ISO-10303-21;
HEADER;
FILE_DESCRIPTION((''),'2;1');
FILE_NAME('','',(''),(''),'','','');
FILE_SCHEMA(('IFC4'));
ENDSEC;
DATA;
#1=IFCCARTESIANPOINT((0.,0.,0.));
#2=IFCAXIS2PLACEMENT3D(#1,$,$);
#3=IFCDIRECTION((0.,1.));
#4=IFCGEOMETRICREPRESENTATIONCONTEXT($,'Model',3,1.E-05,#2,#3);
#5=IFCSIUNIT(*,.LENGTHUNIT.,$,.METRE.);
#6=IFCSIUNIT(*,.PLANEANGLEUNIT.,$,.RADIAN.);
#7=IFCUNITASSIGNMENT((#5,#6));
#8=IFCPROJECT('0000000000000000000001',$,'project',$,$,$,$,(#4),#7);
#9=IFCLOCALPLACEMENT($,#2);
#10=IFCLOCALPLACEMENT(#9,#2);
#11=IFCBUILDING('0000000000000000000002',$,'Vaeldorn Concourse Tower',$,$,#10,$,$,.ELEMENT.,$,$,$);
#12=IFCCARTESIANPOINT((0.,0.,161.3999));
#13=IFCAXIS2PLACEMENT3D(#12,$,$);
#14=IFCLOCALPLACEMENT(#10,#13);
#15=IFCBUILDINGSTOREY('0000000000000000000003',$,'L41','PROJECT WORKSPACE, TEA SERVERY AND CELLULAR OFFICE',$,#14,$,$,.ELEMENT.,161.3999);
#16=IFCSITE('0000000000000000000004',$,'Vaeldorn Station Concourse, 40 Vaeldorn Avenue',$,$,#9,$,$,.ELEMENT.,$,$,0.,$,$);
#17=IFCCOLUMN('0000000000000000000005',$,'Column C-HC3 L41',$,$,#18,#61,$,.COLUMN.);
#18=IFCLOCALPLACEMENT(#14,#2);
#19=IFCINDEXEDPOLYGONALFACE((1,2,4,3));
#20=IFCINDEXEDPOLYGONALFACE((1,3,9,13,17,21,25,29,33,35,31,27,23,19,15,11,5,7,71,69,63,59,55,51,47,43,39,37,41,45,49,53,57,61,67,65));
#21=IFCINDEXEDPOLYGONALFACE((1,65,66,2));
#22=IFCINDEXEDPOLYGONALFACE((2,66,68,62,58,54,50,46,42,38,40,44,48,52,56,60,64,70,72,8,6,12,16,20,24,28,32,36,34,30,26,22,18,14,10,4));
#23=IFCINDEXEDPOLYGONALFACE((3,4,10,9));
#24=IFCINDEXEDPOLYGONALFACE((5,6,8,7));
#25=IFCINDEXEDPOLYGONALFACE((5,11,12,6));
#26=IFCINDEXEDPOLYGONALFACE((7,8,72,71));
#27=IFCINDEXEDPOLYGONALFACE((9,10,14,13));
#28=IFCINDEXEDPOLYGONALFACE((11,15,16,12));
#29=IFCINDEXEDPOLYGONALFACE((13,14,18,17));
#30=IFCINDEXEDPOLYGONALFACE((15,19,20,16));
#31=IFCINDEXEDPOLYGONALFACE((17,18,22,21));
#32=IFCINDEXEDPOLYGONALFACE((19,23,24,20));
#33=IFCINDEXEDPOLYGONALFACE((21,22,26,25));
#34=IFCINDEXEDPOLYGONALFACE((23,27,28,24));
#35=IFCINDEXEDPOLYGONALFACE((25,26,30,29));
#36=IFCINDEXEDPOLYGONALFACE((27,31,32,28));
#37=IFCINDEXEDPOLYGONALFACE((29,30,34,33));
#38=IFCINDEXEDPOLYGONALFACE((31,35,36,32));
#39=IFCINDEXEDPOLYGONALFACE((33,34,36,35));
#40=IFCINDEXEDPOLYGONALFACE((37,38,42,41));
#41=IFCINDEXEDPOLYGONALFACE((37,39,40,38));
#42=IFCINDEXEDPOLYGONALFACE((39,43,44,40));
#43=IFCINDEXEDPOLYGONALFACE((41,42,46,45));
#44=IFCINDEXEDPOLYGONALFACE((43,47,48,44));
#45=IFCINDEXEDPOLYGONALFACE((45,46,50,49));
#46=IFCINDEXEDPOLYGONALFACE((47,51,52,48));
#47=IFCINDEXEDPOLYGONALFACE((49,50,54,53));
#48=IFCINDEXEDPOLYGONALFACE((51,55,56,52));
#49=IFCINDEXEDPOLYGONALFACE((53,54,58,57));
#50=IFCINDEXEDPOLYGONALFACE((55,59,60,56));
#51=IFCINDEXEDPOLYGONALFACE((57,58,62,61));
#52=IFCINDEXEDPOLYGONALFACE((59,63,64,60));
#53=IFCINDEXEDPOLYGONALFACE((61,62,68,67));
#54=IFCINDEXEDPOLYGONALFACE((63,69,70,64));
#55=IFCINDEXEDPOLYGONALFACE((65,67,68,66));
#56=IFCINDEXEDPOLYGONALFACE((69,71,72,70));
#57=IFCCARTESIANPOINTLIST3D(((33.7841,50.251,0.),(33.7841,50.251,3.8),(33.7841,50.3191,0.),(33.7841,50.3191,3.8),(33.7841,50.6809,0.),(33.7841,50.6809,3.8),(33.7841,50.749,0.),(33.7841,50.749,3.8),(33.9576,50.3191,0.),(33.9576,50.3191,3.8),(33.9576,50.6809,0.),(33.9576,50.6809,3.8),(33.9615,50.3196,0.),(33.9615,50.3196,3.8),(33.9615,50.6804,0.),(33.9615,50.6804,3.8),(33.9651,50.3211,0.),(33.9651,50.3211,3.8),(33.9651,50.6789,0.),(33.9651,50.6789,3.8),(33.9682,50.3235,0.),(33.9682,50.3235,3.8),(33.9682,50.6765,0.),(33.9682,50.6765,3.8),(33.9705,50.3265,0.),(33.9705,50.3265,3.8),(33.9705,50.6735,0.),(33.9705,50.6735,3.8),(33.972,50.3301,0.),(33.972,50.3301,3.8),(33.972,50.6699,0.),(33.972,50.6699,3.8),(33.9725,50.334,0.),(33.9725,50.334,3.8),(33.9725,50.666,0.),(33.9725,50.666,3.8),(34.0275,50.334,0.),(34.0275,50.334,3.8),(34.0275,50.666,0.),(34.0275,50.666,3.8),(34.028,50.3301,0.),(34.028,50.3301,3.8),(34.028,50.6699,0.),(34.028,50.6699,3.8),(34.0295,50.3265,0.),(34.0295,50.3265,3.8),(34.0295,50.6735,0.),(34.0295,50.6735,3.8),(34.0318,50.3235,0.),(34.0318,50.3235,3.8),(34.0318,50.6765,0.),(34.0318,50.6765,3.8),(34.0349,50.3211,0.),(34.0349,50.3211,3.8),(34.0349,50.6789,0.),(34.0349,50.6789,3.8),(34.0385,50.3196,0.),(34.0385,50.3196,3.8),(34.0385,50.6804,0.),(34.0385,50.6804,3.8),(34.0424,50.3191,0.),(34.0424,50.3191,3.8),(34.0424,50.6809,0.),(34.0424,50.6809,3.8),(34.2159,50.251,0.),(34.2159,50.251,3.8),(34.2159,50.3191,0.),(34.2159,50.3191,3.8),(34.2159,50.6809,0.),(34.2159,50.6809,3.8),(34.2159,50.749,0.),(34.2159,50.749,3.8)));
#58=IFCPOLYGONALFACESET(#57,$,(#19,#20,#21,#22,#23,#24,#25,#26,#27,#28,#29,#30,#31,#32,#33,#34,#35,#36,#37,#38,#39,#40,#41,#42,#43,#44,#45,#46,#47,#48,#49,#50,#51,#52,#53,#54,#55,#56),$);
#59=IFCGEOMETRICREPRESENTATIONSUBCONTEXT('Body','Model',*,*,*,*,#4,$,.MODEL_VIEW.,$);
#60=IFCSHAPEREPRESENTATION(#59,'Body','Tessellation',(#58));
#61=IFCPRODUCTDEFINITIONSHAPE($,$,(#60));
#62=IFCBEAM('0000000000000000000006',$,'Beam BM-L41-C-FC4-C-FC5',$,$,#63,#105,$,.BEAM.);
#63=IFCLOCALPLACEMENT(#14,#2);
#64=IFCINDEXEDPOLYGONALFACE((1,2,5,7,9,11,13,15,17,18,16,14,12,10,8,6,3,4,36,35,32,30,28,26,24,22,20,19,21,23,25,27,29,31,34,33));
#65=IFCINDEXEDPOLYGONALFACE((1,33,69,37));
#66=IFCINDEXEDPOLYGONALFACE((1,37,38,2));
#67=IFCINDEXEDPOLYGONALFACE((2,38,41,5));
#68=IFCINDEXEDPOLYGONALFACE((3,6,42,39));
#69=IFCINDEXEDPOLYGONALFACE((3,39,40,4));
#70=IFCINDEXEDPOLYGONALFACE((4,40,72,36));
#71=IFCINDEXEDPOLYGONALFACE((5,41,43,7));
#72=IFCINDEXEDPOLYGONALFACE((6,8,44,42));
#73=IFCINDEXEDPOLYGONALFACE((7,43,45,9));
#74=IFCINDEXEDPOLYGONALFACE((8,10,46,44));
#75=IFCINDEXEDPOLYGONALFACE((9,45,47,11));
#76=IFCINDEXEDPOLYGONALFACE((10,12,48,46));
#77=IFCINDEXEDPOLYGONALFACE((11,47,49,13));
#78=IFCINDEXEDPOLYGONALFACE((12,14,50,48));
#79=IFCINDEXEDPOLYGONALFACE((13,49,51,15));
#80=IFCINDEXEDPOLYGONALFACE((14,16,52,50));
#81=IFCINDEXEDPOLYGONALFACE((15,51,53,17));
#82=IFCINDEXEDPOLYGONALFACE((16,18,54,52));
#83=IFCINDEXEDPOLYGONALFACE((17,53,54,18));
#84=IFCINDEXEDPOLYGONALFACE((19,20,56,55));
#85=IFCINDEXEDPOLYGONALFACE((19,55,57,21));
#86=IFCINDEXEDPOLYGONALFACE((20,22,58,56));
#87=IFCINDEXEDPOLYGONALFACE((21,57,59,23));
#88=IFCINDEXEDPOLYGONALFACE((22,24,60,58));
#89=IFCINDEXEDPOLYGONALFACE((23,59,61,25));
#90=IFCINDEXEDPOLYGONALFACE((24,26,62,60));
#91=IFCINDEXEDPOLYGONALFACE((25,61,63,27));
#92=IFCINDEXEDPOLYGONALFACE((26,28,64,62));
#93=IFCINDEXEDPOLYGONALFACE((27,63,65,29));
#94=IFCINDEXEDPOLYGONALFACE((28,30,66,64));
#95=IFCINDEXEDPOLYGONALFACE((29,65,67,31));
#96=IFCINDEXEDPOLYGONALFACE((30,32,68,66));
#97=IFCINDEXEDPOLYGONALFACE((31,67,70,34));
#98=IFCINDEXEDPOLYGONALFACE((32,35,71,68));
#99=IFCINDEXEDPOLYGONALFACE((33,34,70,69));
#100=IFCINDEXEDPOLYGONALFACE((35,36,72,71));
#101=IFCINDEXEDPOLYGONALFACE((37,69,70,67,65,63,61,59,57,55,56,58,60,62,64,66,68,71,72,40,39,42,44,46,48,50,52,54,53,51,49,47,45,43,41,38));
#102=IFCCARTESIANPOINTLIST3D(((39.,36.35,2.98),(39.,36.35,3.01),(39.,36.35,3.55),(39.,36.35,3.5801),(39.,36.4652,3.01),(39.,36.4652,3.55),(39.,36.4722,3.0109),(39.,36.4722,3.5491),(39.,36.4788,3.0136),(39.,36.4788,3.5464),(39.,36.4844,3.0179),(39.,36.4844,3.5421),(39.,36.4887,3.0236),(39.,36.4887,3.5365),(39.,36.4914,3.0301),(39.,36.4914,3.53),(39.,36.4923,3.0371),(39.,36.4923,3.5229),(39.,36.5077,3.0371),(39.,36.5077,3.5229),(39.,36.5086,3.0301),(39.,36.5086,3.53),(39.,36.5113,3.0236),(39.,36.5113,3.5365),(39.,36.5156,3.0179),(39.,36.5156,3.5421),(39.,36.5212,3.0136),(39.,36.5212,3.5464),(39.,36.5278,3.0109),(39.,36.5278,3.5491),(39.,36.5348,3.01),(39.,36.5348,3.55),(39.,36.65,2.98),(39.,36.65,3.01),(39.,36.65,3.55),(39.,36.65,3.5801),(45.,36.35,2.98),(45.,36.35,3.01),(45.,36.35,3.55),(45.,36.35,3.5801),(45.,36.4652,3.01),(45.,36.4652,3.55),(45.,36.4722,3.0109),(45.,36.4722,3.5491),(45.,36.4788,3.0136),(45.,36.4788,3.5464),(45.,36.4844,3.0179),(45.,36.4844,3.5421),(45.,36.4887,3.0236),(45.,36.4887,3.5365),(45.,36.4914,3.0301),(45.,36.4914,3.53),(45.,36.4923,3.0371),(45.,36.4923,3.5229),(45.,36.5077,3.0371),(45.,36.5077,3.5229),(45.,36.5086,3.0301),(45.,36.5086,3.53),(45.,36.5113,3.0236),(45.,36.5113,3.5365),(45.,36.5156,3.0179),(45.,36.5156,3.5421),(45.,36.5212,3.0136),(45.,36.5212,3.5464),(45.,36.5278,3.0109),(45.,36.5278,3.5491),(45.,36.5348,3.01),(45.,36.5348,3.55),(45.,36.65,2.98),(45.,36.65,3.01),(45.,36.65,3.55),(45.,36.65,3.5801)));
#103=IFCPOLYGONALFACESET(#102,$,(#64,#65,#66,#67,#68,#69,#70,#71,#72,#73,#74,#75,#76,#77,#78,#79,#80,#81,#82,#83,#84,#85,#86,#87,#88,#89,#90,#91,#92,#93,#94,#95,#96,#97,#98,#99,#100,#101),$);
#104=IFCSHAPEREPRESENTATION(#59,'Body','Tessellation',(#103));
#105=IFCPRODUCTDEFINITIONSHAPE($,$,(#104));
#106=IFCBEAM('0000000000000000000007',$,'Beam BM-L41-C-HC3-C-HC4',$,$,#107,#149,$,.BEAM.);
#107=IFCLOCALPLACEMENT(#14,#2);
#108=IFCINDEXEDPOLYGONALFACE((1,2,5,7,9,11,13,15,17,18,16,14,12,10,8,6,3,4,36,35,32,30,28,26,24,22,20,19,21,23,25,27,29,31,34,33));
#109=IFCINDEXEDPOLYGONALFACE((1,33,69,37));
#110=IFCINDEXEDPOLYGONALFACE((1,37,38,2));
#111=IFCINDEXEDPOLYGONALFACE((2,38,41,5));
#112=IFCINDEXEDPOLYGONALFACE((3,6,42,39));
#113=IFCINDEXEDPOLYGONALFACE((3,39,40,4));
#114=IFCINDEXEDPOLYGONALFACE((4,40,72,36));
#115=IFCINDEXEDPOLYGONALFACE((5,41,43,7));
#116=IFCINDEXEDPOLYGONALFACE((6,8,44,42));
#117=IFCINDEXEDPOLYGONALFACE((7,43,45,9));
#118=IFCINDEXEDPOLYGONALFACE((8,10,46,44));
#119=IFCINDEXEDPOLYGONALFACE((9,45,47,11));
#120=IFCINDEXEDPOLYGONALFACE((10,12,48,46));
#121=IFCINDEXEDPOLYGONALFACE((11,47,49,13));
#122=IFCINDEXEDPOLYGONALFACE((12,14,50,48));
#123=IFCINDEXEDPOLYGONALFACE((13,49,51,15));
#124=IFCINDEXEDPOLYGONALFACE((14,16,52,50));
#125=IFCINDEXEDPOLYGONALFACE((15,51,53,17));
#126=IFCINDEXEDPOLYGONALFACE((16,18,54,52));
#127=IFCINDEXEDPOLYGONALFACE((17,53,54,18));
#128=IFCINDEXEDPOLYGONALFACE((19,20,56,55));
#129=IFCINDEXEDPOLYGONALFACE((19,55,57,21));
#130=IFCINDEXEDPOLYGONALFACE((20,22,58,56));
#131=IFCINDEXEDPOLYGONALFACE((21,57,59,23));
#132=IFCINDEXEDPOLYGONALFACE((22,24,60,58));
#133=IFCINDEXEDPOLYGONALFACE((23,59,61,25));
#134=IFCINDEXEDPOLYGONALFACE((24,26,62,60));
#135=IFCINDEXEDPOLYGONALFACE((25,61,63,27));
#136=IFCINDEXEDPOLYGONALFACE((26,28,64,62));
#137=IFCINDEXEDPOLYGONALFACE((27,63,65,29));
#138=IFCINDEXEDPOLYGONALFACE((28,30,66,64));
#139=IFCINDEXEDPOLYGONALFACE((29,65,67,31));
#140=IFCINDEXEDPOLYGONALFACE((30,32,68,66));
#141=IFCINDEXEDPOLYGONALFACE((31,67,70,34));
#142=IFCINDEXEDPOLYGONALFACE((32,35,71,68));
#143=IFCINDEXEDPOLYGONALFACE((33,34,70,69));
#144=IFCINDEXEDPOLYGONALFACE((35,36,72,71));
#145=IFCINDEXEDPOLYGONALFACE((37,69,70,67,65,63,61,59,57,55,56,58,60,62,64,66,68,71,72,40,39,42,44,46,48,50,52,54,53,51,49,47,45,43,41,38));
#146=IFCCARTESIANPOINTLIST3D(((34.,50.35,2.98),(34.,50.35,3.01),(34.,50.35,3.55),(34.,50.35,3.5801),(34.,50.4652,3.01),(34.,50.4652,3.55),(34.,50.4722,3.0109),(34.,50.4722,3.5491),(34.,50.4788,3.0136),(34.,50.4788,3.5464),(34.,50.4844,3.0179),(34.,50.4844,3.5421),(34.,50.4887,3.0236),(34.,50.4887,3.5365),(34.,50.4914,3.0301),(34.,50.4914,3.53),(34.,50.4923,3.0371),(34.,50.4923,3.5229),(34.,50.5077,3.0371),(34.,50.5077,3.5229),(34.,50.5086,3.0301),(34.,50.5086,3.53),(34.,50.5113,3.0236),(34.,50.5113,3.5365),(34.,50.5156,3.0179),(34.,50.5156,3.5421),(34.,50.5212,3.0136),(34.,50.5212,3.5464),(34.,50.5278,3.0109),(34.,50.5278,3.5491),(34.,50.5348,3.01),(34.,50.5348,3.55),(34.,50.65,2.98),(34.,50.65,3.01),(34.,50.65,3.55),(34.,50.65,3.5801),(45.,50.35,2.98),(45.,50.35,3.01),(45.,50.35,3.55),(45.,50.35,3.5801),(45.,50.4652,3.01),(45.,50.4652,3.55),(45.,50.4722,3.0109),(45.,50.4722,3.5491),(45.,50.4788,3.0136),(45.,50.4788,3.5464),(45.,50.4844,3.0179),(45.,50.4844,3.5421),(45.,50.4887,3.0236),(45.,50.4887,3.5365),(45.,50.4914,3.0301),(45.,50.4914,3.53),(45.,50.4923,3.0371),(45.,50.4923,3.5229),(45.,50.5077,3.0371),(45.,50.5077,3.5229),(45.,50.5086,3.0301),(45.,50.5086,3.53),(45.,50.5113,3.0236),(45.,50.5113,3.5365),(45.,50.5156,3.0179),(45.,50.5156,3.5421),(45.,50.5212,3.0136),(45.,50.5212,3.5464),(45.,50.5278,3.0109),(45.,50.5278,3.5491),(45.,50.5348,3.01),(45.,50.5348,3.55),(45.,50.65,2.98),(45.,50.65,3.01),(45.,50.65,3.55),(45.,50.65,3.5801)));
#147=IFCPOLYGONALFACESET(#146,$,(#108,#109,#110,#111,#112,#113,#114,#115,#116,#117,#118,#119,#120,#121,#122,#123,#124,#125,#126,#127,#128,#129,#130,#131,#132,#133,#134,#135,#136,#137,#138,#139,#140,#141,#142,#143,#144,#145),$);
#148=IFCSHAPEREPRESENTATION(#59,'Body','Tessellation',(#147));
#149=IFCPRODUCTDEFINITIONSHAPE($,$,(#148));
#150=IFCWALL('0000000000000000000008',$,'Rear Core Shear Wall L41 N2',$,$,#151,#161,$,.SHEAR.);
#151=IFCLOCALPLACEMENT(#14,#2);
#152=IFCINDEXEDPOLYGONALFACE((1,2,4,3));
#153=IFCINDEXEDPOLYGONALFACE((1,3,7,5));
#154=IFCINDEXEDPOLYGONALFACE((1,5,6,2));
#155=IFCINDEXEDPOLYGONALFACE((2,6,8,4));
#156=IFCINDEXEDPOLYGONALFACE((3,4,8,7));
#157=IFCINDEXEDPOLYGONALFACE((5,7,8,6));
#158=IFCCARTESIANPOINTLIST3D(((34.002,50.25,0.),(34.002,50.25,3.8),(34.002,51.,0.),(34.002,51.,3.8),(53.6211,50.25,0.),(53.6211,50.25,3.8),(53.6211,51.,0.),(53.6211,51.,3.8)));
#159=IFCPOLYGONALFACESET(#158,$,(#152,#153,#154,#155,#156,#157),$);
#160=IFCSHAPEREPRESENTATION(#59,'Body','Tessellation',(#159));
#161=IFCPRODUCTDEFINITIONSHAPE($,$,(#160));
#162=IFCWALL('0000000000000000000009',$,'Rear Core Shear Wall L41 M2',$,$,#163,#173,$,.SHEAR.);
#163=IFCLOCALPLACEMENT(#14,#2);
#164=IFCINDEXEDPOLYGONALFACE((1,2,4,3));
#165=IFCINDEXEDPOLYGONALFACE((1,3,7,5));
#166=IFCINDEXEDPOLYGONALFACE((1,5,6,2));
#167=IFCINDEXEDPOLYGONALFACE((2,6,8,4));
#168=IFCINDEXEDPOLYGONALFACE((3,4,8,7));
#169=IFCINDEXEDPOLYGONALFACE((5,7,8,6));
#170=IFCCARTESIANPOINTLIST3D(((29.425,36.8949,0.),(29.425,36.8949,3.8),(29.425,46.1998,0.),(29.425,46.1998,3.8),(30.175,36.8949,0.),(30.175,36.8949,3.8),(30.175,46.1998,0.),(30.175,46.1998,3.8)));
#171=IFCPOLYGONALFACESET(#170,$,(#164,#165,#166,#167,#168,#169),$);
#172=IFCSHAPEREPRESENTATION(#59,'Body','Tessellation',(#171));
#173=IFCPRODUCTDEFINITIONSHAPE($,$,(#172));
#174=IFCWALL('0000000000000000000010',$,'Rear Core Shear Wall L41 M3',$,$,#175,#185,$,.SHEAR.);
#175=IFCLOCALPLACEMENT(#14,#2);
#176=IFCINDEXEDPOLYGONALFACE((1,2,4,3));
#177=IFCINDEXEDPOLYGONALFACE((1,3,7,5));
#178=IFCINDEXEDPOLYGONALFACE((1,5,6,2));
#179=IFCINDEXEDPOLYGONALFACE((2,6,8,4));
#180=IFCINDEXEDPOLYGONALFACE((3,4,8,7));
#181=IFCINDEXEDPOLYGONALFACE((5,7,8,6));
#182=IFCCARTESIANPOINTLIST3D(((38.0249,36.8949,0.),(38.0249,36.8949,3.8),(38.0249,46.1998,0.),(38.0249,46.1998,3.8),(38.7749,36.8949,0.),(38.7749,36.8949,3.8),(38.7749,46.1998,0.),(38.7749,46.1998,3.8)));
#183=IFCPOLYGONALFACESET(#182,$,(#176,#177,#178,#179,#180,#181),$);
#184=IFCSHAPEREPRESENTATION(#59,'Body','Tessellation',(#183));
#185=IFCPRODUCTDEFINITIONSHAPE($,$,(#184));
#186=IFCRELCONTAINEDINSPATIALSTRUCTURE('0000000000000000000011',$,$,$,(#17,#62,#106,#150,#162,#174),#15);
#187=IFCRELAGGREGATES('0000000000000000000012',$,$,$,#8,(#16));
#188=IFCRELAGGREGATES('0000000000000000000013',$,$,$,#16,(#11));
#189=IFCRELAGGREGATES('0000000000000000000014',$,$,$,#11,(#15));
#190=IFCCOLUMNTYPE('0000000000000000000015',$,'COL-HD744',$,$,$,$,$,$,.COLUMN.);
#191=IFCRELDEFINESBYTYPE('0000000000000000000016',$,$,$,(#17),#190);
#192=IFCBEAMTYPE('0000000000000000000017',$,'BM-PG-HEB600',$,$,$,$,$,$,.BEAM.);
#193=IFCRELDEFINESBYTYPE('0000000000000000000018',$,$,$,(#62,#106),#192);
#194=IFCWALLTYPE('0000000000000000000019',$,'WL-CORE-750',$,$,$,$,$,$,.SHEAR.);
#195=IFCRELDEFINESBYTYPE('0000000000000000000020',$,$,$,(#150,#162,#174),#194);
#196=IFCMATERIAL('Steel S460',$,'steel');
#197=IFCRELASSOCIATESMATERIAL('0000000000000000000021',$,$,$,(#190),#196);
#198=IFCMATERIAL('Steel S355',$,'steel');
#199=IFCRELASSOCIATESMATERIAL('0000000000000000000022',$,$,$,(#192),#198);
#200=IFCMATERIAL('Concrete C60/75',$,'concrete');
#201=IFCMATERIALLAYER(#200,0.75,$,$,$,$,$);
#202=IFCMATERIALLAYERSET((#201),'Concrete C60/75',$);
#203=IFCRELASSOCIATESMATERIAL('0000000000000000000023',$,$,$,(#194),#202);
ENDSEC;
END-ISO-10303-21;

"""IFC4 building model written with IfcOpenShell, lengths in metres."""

from ifc_helpers import new_model, si_unit, direction, frame, frame_2d, origin, origin_2d, place, context, subcontext, project, spatial, rectangle, i_section, extrude, source, transform, mapped, material, layer, layer_set, material_profile, profile_set, type_object, element, save


model = new_model("IFC4")

# Units and contexts
model_context = context("Model", 3, precision=1e-05, world=origin(), true_north=direction((0.0, 1.0)))
body_context = subcontext(model_context, "Body", "Model", "MODEL_VIEW")
ifc_project = project(units=[si_unit("LENGTHUNIT", "METRE"), si_unit("PLANEANGLEUNIT", "RADIAN")], contexts=[model_context])

# Site, building, storey
site_placement = place(None, origin())
site = spatial("IfcSite", under=ifc_project, at=site_placement, Name="Vaeldorn Station Concourse, 40 Vaeldorn Avenue", CompositionType="ELEMENT", RefElevation=0.0)
building_placement = place(site_placement, origin())
building = spatial("IfcBuilding", under=site, at=building_placement, Name="Vaeldorn Concourse Tower", CompositionType="ELEMENT")
storey_placement = place(building_placement, frame((0.0, 0.0, 161.3999)))
storey = spatial("IfcBuildingStorey", under=building, at=storey_placement, Name="L41", Description="PROJECT WORKSPACE, TEA SERVERY AND CELLULAR OFFICE", CompositionType="ELEMENT", Elevation=161.3999)

# Column
ifc_material_1 = material(Name="Steel S460", Category="steel")
ifc_material_profile_1 = material_profile(ifc_material_1, i_section(OverallWidth=0.4319, OverallDepth=0.498, WebThickness=0.0549, FlangeThickness=0.0681, FilletRadius=0.0149, at=origin_2d()), Name="HD 400x744")
ifc_profile_set_1 = profile_set([ifc_material_profile_1], Name="Steel S460")
column_type = type_object("IfcColumnType", Name="COL-HD744", PredefinedType="COLUMN", material=ifc_profile_set_1)
shared_shape_1 = source(origin(), body_context, "Body", "SweptSolid", [
    extrude(i_section(OverallWidth=0.4319, OverallDepth=0.498, WebThickness=0.0549, FlangeThickness=0.0681, FilletRadius=0.0149, at=origin_2d()), origin(), (0.0, 0.0, 1.0), 3.8),
])
column_placement = place(storey_placement, frame((34.0, 50.5, 0.0), z_axis=(0.0, 0.0, 1.0), x_axis=(1.0, 0.0, 0.0)))
element("IfcColumn", 1, at=column_placement, inside=storey, type_object=column_type, Name="Column C-HC3 L41", PredefinedType="COLUMN", context=body_context, shape_type="MappedRepresentation", body=[
    mapped(shared_shape_1, transform((0.0, 0.0, 0.0), scale=1.0)),
])

# Beams
ifc_material_2 = material(Name="Steel S355", Category="steel")
ifc_material_profile_2 = material_profile(ifc_material_2, i_section(OverallWidth=0.3, OverallDepth=0.6001, WebThickness=0.0154, FlangeThickness=0.03, FilletRadius=0.0271, at=origin_2d()), Name="HEB 600")
ifc_profile_set_2 = profile_set([ifc_material_profile_2], Name="Steel S355")
beam_type = type_object("IfcBeamType", Name="BM-PG-HEB600", PredefinedType="BEAM", material=ifc_profile_set_2)
shared_shape_2 = source(origin(), body_context, "Body", "SweptSolid", [
    extrude(i_section(OverallWidth=0.3, OverallDepth=0.6001, WebThickness=0.0154, FlangeThickness=0.03, FilletRadius=0.0271, at=origin_2d()), origin(), (0.0, 0.0, 1.0), 6.0),
])
beam_1_placement = place(storey_placement, frame((39.0, 36.5, 3.28), z_axis=(1.0, 0.0, 0.0), x_axis=(0.0, 1.0, 0.0)))
element("IfcBeam", 2, at=beam_1_placement, inside=storey, type_object=beam_type, Name="Beam BM-L41-C-FC4-C-FC5", PredefinedType="BEAM", context=body_context, shape_type="MappedRepresentation", body=[
    mapped(shared_shape_2, transform((0.0, 0.0, 0.0), scale=1.0)),
])
shared_shape_3 = source(origin(), body_context, "Body", "SweptSolid", [
    extrude(i_section(OverallWidth=0.3, OverallDepth=0.6001, WebThickness=0.0154, FlangeThickness=0.03, FilletRadius=0.0271, at=origin_2d()), origin(), (0.0, 0.0, 1.0), 11.0),
])
beam_2_placement = place(storey_placement, frame((34.0, 50.5, 3.28), z_axis=(1.0, 0.0, 0.0), x_axis=(0.0, 1.0, 0.0)))
element("IfcBeam", 3, at=beam_2_placement, inside=storey, type_object=beam_type, Name="Beam BM-L41-C-HC3-C-HC4", PredefinedType="BEAM", context=body_context, shape_type="MappedRepresentation", body=[
    mapped(shared_shape_3, transform((0.0, 0.0, 0.0), scale=1.0)),
])

# Walls
ifc_material_3 = material(Name="Concrete C60/75", Category="concrete")
ifc_layer_1 = layer(ifc_material_3, 0.75)
ifc_layer_set_1 = layer_set([ifc_layer_1], Name="Concrete C60/75")
wall_type_1 = type_object("IfcWallType", Name="WL-CORE-750", PredefinedType="SHEAR", material=ifc_layer_set_1)
wall_1_placement = place(storey_placement, frame((34.002, 50.625, 0.0), z_axis=(0.0, 0.0, 1.0), x_axis=(1.0, 0.0, 0.0)))
element("IfcWall", 4, at=wall_1_placement, inside=storey, type_object=wall_type_1, Name="Rear Core Shear Wall L41 N2", PredefinedType="SHEAR", context=body_context, shape_type="SweptSolid", body=[
    extrude(rectangle(XDim=19.6191, YDim=0.75, at=frame_2d((9.8096, 0.0))), origin(), (0.0, 0.0, 1.0), 3.8),
])
for number, where, z_axis, x_axis, name in (
    (5, (29.8, 36.895, 0.0), (0.0, 0.0, 1.0), (0.0, 1.0, 0.0), "Rear Core Shear Wall L41 M2"),
    (6, (38.3999, 36.895, 0.0), (0.0, 0.0, 1.0), (0.0, 1.0, 0.0), "Rear Core Shear Wall L41 M3"),
):
    element("IfcWall", number, at=place(storey_placement, frame(where, z_axis=z_axis, x_axis=x_axis)), inside=storey, type_object=wall_type_1, Name=name, PredefinedType="SHEAR", context=body_context, shape_type="SweptSolid", body=[
        extrude(rectangle(XDim=9.3049, YDim=0.75, at=frame_2d((4.6523, 0.0))), origin(), (0.0, 0.0, 1.0), 3.8),
    ])

save(model, "model.ifc")
